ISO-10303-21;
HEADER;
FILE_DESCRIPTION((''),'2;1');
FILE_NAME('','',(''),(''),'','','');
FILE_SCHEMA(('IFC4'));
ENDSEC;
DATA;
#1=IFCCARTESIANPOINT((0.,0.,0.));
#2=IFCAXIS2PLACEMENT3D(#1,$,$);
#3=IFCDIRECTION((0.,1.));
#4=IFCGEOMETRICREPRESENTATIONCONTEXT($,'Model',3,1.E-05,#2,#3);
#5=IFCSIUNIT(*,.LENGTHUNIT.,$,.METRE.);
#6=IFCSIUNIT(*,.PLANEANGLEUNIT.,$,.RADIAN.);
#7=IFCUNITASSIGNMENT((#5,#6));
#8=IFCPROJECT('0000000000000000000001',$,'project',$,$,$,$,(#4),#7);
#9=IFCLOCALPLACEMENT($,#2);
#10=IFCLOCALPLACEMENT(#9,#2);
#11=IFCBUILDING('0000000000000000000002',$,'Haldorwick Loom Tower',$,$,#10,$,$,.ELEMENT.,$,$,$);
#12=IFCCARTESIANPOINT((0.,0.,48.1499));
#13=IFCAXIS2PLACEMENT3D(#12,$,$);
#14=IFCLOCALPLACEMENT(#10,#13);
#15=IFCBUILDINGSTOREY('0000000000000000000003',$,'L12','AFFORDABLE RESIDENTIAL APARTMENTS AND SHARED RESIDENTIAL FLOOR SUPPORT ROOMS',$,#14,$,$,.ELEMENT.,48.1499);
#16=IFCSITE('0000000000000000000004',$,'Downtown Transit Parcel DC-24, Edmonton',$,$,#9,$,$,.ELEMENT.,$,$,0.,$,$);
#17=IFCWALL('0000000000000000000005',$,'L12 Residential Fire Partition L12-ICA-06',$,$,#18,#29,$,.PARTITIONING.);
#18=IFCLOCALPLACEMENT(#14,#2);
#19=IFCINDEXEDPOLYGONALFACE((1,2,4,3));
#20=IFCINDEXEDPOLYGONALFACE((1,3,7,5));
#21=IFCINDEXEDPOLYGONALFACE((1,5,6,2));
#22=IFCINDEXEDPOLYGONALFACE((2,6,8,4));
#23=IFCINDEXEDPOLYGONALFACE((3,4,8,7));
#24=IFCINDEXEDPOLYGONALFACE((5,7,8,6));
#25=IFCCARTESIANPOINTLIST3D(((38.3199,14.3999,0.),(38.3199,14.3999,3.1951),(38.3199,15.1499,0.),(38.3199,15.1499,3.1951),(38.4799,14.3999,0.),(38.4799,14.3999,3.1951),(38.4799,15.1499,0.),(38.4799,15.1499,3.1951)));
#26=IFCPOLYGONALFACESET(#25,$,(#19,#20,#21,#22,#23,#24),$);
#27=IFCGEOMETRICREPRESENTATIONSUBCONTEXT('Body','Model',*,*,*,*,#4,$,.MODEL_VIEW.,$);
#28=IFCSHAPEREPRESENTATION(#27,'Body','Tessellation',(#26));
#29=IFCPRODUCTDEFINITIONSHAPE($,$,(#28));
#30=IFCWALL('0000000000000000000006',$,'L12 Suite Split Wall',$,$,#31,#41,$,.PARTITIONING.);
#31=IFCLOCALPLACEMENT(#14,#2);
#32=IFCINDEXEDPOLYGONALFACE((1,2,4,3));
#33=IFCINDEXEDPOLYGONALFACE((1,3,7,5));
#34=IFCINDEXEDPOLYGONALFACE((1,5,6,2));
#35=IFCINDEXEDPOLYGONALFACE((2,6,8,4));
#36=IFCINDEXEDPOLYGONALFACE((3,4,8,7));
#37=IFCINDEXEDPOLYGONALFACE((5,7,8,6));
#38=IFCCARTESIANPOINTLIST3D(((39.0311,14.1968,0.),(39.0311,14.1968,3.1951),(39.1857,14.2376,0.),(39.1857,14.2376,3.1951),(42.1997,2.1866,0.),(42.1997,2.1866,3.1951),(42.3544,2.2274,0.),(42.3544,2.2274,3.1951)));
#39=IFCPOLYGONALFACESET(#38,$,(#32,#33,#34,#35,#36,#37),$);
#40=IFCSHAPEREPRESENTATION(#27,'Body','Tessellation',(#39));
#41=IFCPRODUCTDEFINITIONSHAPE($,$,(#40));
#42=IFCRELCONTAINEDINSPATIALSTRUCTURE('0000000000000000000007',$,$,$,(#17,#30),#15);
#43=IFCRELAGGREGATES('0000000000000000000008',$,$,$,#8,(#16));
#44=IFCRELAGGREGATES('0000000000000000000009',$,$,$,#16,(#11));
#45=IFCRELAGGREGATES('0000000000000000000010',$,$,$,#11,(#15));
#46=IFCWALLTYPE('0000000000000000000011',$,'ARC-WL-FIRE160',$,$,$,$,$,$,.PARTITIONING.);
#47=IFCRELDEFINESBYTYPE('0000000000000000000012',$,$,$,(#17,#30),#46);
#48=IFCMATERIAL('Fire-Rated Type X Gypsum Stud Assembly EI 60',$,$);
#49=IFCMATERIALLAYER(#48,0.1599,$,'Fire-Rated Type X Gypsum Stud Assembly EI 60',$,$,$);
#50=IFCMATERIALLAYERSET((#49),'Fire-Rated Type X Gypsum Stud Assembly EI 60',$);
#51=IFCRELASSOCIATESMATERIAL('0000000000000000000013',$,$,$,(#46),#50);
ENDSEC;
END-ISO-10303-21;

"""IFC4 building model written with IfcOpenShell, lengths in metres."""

from ifc_helpers import new_model, si_unit, direction, frame, frame_2d, origin, place, context, subcontext, project, spatial, rectangle, extrude, material, layer, layer_set, type_object, element, save


model = new_model("IFC4")

# Units and contexts
model_context = context("Model", 3, precision=1e-05, world=origin(), true_north=direction((0.0, 1.0)))
body_context = subcontext(model_context, "Body", "Model", "MODEL_VIEW")
ifc_project = project(units=[si_unit("LENGTHUNIT", "METRE"), si_unit("PLANEANGLEUNIT", "RADIAN")], contexts=[model_context])

# Site, building, storey
site_placement = place(None, origin())
site = spatial("IfcSite", under=ifc_project, at=site_placement, Name="Downtown Transit Parcel DC-24, Edmonton", CompositionType="ELEMENT", RefElevation=0.0)
building_placement = place(site_placement, origin())
building = spatial("IfcBuilding", under=site, at=building_placement, Name="Haldorwick Loom Tower", CompositionType="ELEMENT")
storey_placement = place(building_placement, frame((0.0, 0.0, 48.1499)))
storey = spatial("IfcBuildingStorey", under=building, at=storey_placement, Name="L12", Description="AFFORDABLE RESIDENTIAL APARTMENTS AND SHARED RESIDENTIAL FLOOR SUPPORT ROOMS", CompositionType="ELEMENT", Elevation=48.1499)

# Walls
ifc_material_1 = material(Name="Fire-Rated Type X Gypsum Stud Assembly EI 60")
ifc_layer_1 = layer(ifc_material_1, 0.1599, Name="Fire-Rated Type X Gypsum Stud Assembly EI 60")
ifc_layer_set_1 = layer_set([ifc_layer_1], Name="Fire-Rated Type X Gypsum Stud Assembly EI 60")
wall_type_1 = type_object("IfcWallType", Name="ARC-WL-FIRE160", PredefinedType="PARTITIONING", material=ifc_layer_set_1)
wall_1_placement = place(storey_placement, frame((38.3999, 15.1499, 0.0), z_axis=(0.0, 0.0, 1.0), x_axis=(0.0, -1.0, 0.0)))
element("IfcWall", 1, at=wall_1_placement, inside=storey, type_object=wall_type_1, Name="L12 Residential Fire Partition L12-ICA-06", PredefinedType="PARTITIONING", context=body_context, shape_type="SweptSolid", body=[
    extrude(rectangle(XDim=0.75, YDim=0.1599, at=frame_2d((0.375, 0.0))), origin(), (0.0, 0.0, 1.0), 3.1951),
])
wall_2_placement = place(storey_placement, frame((39.1084, 14.217, 0.0), z_axis=(0.0, 0.0, 1.0), x_axis=(0.255104, -0.966914, 0.0)))
element("IfcWall", 2, at=wall_2_placement, inside=storey, type_object=wall_type_1, Name="L12 Suite Split Wall", PredefinedType="PARTITIONING", context=body_context, shape_type="SweptSolid", body=[
    extrude(rectangle(XDim=12.4211, YDim=0.1599, at=frame_2d((6.2104, 0.0))), origin(), (0.0, 0.0, 1.0), 3.1951),
])

save(model, "model.ifc")
